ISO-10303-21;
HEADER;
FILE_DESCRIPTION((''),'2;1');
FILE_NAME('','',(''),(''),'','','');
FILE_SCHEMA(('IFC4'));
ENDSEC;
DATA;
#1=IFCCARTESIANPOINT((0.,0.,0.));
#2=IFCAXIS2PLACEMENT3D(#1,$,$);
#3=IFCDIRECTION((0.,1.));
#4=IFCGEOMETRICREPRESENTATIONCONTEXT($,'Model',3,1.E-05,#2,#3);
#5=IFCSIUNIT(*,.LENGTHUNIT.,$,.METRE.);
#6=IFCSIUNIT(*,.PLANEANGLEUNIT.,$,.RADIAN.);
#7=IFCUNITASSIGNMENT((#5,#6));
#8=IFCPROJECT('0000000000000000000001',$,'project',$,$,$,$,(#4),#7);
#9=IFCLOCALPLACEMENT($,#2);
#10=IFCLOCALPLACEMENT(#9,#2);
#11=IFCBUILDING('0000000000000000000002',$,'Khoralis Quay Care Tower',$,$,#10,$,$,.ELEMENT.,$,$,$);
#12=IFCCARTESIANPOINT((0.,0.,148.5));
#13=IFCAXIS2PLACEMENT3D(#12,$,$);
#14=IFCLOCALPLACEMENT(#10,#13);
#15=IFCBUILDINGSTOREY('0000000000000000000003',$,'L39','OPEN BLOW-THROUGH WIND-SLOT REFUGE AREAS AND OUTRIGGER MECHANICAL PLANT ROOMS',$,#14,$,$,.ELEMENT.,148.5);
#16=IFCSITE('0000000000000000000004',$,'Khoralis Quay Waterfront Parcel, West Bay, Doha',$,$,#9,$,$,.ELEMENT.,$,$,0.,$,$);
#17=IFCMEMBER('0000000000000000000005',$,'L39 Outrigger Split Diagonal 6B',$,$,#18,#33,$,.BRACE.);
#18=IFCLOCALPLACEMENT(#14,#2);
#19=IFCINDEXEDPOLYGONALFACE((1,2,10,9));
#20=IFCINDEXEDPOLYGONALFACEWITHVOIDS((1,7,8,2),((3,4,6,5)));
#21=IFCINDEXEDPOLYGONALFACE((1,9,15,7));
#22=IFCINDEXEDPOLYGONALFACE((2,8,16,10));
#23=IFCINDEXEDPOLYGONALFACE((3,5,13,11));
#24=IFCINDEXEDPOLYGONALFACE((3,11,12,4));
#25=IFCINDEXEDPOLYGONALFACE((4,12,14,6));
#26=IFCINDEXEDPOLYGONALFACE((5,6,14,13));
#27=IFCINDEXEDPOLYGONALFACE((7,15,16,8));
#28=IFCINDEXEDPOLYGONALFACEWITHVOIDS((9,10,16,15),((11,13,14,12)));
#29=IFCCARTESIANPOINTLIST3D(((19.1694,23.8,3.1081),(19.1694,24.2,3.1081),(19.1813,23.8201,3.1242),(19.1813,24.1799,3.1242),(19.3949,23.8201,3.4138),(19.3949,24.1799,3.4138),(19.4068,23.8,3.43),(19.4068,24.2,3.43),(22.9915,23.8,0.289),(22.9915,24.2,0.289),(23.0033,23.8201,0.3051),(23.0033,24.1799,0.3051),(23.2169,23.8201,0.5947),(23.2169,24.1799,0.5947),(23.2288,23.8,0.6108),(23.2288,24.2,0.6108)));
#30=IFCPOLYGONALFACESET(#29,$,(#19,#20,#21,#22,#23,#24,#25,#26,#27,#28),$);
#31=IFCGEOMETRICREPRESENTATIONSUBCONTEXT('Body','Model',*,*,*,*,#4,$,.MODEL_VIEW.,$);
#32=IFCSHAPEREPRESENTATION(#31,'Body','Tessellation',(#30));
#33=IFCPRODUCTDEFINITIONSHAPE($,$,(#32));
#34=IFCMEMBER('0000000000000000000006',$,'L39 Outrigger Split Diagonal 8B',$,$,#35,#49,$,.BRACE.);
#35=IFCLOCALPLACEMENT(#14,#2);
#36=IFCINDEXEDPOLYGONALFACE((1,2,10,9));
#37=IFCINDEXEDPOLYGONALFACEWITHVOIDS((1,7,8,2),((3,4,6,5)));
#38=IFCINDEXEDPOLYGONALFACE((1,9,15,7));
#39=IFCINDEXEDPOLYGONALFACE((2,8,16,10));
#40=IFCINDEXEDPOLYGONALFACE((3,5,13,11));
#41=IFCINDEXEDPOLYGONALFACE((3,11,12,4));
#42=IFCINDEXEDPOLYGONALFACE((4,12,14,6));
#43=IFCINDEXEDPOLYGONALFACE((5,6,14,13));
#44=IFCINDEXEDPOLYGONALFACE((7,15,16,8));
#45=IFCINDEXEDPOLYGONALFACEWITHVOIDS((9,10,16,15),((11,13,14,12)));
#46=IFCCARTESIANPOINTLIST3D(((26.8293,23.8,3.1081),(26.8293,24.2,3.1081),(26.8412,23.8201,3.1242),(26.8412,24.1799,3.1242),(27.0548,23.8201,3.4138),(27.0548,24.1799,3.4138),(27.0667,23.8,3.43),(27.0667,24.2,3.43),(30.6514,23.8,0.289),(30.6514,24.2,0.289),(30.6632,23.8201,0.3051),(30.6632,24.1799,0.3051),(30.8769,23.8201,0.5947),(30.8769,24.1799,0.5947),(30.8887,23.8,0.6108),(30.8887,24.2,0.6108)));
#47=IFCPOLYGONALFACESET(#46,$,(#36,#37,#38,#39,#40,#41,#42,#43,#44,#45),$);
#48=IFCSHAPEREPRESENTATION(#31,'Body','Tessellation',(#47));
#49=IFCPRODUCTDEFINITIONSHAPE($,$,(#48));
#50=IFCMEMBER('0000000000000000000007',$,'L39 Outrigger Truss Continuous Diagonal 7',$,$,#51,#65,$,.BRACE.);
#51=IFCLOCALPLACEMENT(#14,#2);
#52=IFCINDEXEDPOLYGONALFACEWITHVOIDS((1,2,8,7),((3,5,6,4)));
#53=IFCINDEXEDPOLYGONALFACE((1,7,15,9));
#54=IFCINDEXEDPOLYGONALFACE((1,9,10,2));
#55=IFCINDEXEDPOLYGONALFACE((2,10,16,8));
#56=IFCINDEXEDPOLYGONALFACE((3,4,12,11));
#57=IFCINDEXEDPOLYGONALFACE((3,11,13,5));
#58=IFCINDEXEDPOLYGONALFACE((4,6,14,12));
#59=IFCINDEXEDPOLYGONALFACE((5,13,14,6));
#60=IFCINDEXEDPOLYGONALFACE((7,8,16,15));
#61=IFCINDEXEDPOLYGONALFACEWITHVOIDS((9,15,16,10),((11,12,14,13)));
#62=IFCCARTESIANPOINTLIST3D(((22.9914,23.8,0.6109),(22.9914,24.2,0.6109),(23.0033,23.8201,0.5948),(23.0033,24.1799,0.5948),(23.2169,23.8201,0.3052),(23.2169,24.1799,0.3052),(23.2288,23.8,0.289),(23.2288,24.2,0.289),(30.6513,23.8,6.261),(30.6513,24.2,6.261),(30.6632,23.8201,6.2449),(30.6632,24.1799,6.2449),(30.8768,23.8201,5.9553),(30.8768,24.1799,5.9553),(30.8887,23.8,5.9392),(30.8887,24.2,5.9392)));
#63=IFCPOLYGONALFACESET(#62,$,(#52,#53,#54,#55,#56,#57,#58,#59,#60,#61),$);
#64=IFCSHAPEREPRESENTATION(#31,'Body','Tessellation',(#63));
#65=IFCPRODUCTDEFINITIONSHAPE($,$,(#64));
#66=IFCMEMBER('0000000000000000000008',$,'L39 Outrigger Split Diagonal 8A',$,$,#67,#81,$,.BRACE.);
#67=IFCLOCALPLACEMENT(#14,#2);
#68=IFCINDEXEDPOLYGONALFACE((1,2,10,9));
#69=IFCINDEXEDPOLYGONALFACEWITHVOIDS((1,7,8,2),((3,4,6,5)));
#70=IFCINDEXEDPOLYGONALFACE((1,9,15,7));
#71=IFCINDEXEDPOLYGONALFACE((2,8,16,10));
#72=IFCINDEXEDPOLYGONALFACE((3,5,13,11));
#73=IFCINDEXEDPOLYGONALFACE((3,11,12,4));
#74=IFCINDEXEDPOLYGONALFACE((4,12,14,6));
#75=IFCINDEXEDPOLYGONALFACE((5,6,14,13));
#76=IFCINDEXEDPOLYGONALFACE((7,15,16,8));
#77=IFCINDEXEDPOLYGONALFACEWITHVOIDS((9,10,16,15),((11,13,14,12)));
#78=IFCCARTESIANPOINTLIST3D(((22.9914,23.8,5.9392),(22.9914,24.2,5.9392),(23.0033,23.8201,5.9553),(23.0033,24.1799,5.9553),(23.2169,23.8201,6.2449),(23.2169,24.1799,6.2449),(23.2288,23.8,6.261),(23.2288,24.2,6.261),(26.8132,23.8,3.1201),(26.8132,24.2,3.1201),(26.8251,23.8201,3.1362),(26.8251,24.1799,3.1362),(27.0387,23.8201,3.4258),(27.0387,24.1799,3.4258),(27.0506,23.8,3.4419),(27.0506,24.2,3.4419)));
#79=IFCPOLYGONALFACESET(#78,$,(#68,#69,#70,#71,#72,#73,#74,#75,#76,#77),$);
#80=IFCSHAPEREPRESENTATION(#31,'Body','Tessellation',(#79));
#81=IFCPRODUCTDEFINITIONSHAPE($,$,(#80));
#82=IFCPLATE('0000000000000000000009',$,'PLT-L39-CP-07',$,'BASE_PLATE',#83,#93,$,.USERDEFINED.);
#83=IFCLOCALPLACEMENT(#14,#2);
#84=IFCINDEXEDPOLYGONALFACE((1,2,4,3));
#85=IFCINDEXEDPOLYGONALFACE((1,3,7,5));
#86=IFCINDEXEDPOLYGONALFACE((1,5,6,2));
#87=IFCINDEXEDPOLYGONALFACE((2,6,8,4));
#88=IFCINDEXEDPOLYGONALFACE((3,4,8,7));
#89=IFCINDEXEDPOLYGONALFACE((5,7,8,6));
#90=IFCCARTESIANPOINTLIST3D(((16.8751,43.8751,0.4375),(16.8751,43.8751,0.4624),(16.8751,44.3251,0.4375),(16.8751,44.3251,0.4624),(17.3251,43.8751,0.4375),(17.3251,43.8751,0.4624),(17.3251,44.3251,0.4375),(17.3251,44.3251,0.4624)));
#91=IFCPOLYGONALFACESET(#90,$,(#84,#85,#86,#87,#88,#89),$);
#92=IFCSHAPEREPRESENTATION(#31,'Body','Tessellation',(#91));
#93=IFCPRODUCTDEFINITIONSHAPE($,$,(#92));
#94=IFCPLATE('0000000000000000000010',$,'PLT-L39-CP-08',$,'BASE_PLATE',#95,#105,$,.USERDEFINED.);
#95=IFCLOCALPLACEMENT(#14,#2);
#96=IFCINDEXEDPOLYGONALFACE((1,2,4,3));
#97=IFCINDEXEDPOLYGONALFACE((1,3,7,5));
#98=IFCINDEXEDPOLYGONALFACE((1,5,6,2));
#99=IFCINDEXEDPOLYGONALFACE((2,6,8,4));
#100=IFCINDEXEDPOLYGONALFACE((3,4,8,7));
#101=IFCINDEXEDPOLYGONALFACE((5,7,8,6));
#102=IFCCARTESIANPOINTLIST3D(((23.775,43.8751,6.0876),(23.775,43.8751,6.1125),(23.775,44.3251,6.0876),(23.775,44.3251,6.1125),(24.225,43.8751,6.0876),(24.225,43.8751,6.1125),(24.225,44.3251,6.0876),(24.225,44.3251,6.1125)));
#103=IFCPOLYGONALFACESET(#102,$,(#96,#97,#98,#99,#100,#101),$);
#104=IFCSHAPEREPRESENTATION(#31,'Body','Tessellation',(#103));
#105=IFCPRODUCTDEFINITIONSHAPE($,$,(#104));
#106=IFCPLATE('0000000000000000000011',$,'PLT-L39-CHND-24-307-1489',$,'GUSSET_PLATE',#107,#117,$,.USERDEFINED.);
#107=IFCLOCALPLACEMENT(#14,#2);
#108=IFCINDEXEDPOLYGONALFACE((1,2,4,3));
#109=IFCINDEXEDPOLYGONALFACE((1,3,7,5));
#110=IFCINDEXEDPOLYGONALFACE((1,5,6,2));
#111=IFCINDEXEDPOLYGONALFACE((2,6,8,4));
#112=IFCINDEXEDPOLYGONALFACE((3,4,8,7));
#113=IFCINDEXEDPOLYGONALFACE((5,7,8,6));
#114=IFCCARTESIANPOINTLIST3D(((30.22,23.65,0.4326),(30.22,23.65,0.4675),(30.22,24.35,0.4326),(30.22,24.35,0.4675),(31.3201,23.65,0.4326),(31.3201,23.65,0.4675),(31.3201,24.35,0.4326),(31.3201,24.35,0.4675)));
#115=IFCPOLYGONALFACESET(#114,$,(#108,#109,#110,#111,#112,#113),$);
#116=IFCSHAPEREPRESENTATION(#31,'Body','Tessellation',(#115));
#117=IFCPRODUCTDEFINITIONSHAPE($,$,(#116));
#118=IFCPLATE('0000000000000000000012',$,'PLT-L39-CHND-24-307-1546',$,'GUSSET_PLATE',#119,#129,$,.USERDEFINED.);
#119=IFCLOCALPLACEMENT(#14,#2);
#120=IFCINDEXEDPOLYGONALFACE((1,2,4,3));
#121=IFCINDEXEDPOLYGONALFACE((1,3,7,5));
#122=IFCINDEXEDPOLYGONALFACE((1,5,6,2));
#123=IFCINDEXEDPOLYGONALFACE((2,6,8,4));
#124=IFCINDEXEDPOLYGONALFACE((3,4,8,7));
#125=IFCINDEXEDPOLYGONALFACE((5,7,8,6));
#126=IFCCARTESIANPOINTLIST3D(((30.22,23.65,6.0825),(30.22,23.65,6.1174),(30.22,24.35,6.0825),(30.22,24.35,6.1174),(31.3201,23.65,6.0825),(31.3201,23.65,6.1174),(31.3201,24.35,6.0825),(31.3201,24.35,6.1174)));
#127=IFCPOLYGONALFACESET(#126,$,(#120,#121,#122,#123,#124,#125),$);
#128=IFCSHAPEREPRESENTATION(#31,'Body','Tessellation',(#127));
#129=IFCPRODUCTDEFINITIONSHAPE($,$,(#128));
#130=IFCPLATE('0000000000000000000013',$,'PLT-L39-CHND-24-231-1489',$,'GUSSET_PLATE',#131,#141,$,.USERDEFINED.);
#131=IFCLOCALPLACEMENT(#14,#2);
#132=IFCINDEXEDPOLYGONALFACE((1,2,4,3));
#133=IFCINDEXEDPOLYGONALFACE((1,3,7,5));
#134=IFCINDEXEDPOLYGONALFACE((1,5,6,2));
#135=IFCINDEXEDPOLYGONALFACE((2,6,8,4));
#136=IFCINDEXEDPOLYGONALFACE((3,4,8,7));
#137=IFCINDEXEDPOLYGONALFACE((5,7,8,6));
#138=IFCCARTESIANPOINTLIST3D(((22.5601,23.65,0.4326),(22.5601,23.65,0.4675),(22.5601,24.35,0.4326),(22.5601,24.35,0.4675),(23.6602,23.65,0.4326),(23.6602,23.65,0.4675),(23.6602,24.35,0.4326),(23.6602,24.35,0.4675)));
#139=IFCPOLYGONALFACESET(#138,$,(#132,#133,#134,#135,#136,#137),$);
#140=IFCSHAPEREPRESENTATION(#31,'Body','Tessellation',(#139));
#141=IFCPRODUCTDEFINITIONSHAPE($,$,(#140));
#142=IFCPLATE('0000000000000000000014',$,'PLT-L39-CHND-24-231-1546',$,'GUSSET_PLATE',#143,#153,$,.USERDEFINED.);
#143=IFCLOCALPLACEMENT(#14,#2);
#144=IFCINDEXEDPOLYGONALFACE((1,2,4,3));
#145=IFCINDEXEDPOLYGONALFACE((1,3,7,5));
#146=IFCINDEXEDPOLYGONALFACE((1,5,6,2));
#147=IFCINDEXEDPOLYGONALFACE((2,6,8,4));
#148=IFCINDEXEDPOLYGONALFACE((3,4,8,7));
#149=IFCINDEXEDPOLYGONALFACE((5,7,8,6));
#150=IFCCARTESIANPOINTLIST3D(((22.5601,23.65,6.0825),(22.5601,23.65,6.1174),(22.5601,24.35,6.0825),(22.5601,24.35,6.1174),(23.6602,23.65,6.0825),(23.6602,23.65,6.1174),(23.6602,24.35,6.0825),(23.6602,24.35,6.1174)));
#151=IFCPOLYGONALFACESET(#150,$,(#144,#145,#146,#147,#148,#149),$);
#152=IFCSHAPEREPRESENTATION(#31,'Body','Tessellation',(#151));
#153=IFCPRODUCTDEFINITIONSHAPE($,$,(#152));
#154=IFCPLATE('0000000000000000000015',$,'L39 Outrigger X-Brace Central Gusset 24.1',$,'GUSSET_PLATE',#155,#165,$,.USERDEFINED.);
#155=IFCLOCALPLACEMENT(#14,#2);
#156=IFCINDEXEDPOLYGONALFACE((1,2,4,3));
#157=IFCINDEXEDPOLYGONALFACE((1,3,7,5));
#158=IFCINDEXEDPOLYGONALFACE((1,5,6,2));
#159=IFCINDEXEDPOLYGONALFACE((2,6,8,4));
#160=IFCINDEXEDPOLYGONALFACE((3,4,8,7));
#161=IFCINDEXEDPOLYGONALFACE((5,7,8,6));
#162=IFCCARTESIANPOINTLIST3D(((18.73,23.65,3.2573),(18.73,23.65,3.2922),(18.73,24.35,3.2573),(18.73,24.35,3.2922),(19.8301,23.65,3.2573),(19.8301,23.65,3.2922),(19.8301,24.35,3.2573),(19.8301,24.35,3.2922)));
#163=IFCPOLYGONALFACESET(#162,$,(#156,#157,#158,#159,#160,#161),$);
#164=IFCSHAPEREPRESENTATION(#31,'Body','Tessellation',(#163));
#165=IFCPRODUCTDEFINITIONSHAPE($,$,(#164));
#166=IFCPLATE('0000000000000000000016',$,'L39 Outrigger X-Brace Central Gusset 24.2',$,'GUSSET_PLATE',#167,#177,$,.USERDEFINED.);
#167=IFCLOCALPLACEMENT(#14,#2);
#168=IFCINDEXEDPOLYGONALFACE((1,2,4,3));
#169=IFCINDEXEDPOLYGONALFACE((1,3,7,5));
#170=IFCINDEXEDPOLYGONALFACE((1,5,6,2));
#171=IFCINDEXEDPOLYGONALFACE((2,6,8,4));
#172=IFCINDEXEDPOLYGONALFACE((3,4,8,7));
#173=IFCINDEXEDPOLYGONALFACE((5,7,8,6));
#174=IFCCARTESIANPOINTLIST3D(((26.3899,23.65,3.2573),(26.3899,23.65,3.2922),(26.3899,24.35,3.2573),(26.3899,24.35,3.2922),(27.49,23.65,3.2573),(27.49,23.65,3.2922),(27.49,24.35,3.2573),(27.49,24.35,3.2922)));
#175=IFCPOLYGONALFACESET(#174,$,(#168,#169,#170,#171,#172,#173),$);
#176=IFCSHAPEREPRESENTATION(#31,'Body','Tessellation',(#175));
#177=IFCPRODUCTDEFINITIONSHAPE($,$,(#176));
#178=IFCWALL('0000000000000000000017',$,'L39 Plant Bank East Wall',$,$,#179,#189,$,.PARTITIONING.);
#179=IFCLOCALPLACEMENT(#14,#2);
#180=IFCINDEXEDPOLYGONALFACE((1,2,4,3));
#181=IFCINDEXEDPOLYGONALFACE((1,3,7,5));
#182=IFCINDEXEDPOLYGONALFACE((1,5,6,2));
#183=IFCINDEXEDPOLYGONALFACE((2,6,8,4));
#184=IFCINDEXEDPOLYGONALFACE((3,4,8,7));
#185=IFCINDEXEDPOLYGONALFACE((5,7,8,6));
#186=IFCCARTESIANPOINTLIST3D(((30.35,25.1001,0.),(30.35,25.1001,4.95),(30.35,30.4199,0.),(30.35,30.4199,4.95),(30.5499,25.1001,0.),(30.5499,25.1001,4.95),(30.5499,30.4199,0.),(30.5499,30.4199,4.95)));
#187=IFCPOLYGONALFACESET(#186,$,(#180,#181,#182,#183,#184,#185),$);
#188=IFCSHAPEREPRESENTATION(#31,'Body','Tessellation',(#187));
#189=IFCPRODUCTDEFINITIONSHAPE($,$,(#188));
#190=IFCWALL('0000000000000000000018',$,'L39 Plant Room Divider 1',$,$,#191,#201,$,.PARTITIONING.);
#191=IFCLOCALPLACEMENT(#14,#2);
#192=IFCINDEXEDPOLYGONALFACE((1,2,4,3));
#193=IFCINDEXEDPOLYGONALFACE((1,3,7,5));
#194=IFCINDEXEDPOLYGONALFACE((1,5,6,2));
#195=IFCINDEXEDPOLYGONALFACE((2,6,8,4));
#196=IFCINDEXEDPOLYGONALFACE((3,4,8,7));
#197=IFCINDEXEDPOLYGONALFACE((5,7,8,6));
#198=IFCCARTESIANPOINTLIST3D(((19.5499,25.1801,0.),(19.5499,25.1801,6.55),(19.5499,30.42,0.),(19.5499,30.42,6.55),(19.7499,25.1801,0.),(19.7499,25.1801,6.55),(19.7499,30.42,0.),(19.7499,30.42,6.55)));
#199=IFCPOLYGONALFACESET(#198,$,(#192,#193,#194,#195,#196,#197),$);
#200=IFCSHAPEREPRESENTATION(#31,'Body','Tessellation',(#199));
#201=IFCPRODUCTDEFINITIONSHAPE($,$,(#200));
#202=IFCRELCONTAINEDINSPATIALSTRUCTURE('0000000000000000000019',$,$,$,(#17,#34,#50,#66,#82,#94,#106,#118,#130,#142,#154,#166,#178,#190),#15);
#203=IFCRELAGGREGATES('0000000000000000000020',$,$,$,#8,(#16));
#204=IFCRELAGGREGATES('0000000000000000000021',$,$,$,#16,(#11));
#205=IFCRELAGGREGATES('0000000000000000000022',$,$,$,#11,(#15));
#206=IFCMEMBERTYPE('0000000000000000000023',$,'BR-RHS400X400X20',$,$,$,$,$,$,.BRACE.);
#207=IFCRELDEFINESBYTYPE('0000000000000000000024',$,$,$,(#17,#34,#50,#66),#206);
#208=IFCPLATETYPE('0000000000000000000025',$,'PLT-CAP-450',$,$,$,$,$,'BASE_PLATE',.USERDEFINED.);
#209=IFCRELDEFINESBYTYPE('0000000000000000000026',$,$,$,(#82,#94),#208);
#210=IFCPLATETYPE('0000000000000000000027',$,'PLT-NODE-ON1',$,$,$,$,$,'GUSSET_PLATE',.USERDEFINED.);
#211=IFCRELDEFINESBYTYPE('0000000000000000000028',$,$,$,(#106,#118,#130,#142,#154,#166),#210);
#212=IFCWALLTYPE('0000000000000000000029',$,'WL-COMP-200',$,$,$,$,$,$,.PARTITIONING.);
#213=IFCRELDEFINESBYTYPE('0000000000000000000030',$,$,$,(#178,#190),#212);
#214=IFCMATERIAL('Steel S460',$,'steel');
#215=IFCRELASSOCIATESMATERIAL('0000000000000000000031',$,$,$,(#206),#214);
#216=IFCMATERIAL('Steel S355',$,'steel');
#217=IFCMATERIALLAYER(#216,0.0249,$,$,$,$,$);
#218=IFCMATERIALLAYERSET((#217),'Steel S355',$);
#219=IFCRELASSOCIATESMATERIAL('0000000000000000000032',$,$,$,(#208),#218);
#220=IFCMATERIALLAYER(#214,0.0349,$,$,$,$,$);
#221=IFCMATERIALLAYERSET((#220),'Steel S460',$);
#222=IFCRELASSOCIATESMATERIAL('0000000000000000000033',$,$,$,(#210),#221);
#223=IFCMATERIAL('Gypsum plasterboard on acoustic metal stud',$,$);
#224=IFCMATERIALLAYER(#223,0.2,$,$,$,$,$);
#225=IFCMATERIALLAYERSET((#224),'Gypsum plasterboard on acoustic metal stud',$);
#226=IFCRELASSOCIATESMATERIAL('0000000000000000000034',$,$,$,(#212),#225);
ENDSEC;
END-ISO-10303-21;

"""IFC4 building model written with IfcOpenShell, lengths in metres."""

from ifc_helpers import new_model, si_unit, direction, frame, frame_2d, origin, origin_2d, place, context, subcontext, project, spatial, rectangle, hollow_rectangle, extrude, source, transform, mapped, material, layer, layer_set, material_profile, profile_set, type_object, element, save


model = new_model("IFC4")

# Units and contexts
model_context = context("Model", 3, precision=1e-05, world=origin(), true_north=direction((0.0, 1.0)))
body_context = subcontext(model_context, "Body", "Model", "MODEL_VIEW")
ifc_project = project(units=[si_unit("LENGTHUNIT", "METRE"), si_unit("PLANEANGLEUNIT", "RADIAN")], contexts=[model_context])

# Site, building, storey
site_placement = place(None, origin())
site = spatial("IfcSite", under=ifc_project, at=site_placement, Name="Khoralis Quay Waterfront Parcel, West Bay, Doha", CompositionType="ELEMENT", RefElevation=0.0)
building_placement = place(site_placement, origin())
building = spatial("IfcBuilding", under=site, at=building_placement, Name="Khoralis Quay Care Tower", CompositionType="ELEMENT")
storey_placement = place(building_placement, frame((0.0, 0.0, 148.5)))
storey = spatial("IfcBuildingStorey", under=building, at=storey_placement, Name="L39", Description="OPEN BLOW-THROUGH WIND-SLOT REFUGE AREAS AND OUTRIGGER MECHANICAL PLANT ROOMS", CompositionType="ELEMENT", Elevation=148.5)

# Shared definitions
ifc_material_1 = material(Name="Steel S355", Category="steel")

# Members
ifc_material_2 = material(Name="Steel S460", Category="steel")
ifc_material_profile_1 = material_profile(ifc_material_2, hollow_rectangle(XDim=0.3999, YDim=0.3999, WallThickness=0.02, at=origin_2d()), Name="Steel S460")
ifc_profile_set_1 = profile_set([ifc_material_profile_1], Name="Steel S460")
member_type_1 = type_object("IfcMemberType", Name="BR-RHS400X400X20", PredefinedType="BRACE", material=ifc_profile_set_1)
shared_shape_1 = source(origin(), body_context, "Body", "SweptSolid", [
    extrude(hollow_rectangle(XDim=0.3999, YDim=0.3999, WallThickness=0.02, at=origin_2d()), origin(), (0.0, 0.0, 1.0), 4.7493),
])
for number, where, z_axis, x_axis, name in (
    (1, (19.2881, 24.0, 3.269), (0.804768, 0.0, -0.59359), (0.0, 1.0, 0.0), "L39 Outrigger Split Diagonal 6B"),
    (2, (26.948, 24.0, 3.269), (0.804768, 0.0, -0.59359), (0.0, 1.0, 0.0), "L39 Outrigger Split Diagonal 8B"),
):
    element("IfcMember", number, at=place(storey_placement, frame(where, z_axis=z_axis, x_axis=x_axis)), inside=storey, type_object=member_type_1, Name=name, PredefinedType="BRACE", context=body_context, shape_type="MappedRepresentation", body=[
        mapped(shared_shape_1, transform((0.0, 0.0, 0.0), scale=1.0)),
    ])
shared_shape_2 = source(origin(), body_context, "Body", "SweptSolid", [
    extrude(hollow_rectangle(XDim=0.3999, YDim=0.3999, WallThickness=0.02, at=origin_2d()), origin(), (0.0, 0.0, 1.0), 9.5183),
])
member_1_placement = place(storey_placement, frame((23.1101, 24.0, 0.45), z_axis=(0.804755, 0.0, 0.593608), x_axis=(0.0, 1.0, 0.0)))
element("IfcMember", 3, at=member_1_placement, inside=storey, type_object=member_type_1, Name="L39 Outrigger Truss Continuous Diagonal 7", PredefinedType="BRACE", context=body_context, shape_type="MappedRepresentation", body=[
    mapped(shared_shape_2, transform((0.0, 0.0, 0.0), scale=1.0)),
])
shared_shape_3 = source(origin(), body_context, "Body", "SweptSolid", [
    extrude(hollow_rectangle(XDim=0.3999, YDim=0.3999, WallThickness=0.02, at=origin_2d()), origin(), (0.0, 0.0, 1.0), 4.749),
])
member_2_placement = place(storey_placement, frame((23.1101, 24.0, 6.1001), z_axis=(0.804749, 0.0, -0.593615), x_axis=(0.0, 1.0, 0.0)))
element("IfcMember", 4, at=member_2_placement, inside=storey, type_object=member_type_1, Name="L39 Outrigger Split Diagonal 8A", PredefinedType="BRACE", context=body_context, shape_type="MappedRepresentation", body=[
    mapped(shared_shape_3, transform((0.0, 0.0, 0.0), scale=1.0)),
])

# Plates
ifc_layer_1 = layer(ifc_material_1, 0.0249)
ifc_layer_set_1 = layer_set([ifc_layer_1], Name="Steel S355")
plate_type_1 = type_object("IfcPlateType", Name="PLT-CAP-450", ElementType="BASE_PLATE", PredefinedType="USERDEFINED", material=ifc_layer_set_1)
shared_shape_4 = source(origin(), body_context, "Body", "SweptSolid", [
    extrude(rectangle(XDim=0.45, YDim=0.45, at=origin_2d()), origin(), (0.0, 0.0, 1.0), 0.0249),
])
for number, where, z_axis, x_axis, name in (
    (5, (17.1001, 44.1001, 0.4375), (0.0, 0.0, 1.0), (1.0, 0.0, 0.0), "PLT-L39-CP-07"),
    (6, (24.0, 44.1001, 6.0876), (0.0, 0.0, 1.0), (1.0, 0.0, 0.0), "PLT-L39-CP-08"),
):
    element("IfcPlate", number, at=place(storey_placement, frame(where, z_axis=z_axis, x_axis=x_axis)), inside=storey, type_object=plate_type_1, Name=name, ObjectType="BASE_PLATE", PredefinedType="USERDEFINED", context=body_context, shape_type="MappedRepresentation", body=[
        mapped(shared_shape_4, transform((0.0, 0.0, 0.0), scale=1.0)),
    ])
ifc_layer_2 = layer(ifc_material_2, 0.0349)
ifc_layer_set_2 = layer_set([ifc_layer_2], Name="Steel S460")
plate_type_2 = type_object("IfcPlateType", Name="PLT-NODE-ON1", ElementType="GUSSET_PLATE", PredefinedType="USERDEFINED", material=ifc_layer_set_2)
shared_shape_5 = source(origin(), body_context, "Body", "SweptSolid", [
    extrude(rectangle(XDim=1.1001, YDim=0.7, at=origin_2d()), origin(), (0.0, 0.0, 1.0), 0.0349),
])
for number, where, z_axis, x_axis, name in (
    (7, (30.77, 24.0, 0.4326), (0.0, 0.0, 1.0), (1.0, 0.0, 0.0), "PLT-L39-CHND-24-307-1489"),
    (8, (30.77, 24.0, 6.0825), (0.0, 0.0, 1.0), (1.0, 0.0, 0.0), "PLT-L39-CHND-24-307-1546"),
    (9, (23.1101, 24.0, 0.4326), (0.0, 0.0, 1.0), (1.0, 0.0, 0.0), "PLT-L39-CHND-24-231-1489"),
    (10, (23.1101, 24.0, 6.0825), (0.0, 0.0, 1.0), (1.0, 0.0, 0.0), "PLT-L39-CHND-24-231-1546"),
    (11, (19.28, 24.0, 3.2573), (0.0, 0.0, 1.0), (1.0, 0.0, 0.0), "L39 Outrigger X-Brace Central Gusset 24.1"),
    (12, (26.9399, 24.0, 3.2573), (0.0, 0.0, 1.0), (1.0, 0.0, 0.0), "L39 Outrigger X-Brace Central Gusset 24.2"),
):
    element("IfcPlate", number, at=place(storey_placement, frame(where, z_axis=z_axis, x_axis=x_axis)), inside=storey, type_object=plate_type_2, Name=name, ObjectType="GUSSET_PLATE", PredefinedType="USERDEFINED", context=body_context, shape_type="MappedRepresentation", body=[
        mapped(shared_shape_5, transform((0.0, 0.0, 0.0), scale=1.0)),
    ])

# Walls
ifc_material_3 = material(Name="Gypsum plasterboard on acoustic metal stud")
ifc_layer_3 = layer(ifc_material_3, 0.2)
ifc_layer_set_3 = layer_set([ifc_layer_3], Name="Gypsum plasterboard on acoustic metal stud")
wall_type = type_object("IfcWallType", Name="WL-COMP-200", PredefinedType="PARTITIONING", material=ifc_layer_set_3)
wall_placement = place(storey_placement, frame((30.45, 25.1001, 0.0), z_axis=(0.0, 0.0, 1.0), x_axis=(0.0, 1.0, 0.0)))
element("IfcWall", 13, at=wall_placement, inside=storey, type_object=wall_type, Name="L39 Plant Bank East Wall", PredefinedType="PARTITIONING", context=body_context, shape_type="SweptSolid", body=[
    extrude(rectangle(XDim=5.3198, YDim=0.2, at=frame_2d((2.6599, 0.0))), origin(), (0.0, 0.0, 1.0), 4.95),
])
for number, where, z_axis, x_axis, name in (
    (14, (19.6499, 25.1799, 0.0), (0.0, 0.0, 1.0), (0.0, 1.0, 0.0), "L39 Plant Room Divider 1"),
):
    element("IfcWall", number, at=place(storey_placement, frame(where, z_axis=z_axis, x_axis=x_axis)), inside=storey, type_object=wall_type, Name=name, PredefinedType="PARTITIONING", context=body_context, shape_type="SweptSolid", body=[
        extrude(rectangle(XDim=5.24, YDim=0.2, at=frame_2d((2.6201, 0.0))), origin(), (0.0, 0.0, 1.0), 6.55),
    ])

save(model, "model.ifc")
